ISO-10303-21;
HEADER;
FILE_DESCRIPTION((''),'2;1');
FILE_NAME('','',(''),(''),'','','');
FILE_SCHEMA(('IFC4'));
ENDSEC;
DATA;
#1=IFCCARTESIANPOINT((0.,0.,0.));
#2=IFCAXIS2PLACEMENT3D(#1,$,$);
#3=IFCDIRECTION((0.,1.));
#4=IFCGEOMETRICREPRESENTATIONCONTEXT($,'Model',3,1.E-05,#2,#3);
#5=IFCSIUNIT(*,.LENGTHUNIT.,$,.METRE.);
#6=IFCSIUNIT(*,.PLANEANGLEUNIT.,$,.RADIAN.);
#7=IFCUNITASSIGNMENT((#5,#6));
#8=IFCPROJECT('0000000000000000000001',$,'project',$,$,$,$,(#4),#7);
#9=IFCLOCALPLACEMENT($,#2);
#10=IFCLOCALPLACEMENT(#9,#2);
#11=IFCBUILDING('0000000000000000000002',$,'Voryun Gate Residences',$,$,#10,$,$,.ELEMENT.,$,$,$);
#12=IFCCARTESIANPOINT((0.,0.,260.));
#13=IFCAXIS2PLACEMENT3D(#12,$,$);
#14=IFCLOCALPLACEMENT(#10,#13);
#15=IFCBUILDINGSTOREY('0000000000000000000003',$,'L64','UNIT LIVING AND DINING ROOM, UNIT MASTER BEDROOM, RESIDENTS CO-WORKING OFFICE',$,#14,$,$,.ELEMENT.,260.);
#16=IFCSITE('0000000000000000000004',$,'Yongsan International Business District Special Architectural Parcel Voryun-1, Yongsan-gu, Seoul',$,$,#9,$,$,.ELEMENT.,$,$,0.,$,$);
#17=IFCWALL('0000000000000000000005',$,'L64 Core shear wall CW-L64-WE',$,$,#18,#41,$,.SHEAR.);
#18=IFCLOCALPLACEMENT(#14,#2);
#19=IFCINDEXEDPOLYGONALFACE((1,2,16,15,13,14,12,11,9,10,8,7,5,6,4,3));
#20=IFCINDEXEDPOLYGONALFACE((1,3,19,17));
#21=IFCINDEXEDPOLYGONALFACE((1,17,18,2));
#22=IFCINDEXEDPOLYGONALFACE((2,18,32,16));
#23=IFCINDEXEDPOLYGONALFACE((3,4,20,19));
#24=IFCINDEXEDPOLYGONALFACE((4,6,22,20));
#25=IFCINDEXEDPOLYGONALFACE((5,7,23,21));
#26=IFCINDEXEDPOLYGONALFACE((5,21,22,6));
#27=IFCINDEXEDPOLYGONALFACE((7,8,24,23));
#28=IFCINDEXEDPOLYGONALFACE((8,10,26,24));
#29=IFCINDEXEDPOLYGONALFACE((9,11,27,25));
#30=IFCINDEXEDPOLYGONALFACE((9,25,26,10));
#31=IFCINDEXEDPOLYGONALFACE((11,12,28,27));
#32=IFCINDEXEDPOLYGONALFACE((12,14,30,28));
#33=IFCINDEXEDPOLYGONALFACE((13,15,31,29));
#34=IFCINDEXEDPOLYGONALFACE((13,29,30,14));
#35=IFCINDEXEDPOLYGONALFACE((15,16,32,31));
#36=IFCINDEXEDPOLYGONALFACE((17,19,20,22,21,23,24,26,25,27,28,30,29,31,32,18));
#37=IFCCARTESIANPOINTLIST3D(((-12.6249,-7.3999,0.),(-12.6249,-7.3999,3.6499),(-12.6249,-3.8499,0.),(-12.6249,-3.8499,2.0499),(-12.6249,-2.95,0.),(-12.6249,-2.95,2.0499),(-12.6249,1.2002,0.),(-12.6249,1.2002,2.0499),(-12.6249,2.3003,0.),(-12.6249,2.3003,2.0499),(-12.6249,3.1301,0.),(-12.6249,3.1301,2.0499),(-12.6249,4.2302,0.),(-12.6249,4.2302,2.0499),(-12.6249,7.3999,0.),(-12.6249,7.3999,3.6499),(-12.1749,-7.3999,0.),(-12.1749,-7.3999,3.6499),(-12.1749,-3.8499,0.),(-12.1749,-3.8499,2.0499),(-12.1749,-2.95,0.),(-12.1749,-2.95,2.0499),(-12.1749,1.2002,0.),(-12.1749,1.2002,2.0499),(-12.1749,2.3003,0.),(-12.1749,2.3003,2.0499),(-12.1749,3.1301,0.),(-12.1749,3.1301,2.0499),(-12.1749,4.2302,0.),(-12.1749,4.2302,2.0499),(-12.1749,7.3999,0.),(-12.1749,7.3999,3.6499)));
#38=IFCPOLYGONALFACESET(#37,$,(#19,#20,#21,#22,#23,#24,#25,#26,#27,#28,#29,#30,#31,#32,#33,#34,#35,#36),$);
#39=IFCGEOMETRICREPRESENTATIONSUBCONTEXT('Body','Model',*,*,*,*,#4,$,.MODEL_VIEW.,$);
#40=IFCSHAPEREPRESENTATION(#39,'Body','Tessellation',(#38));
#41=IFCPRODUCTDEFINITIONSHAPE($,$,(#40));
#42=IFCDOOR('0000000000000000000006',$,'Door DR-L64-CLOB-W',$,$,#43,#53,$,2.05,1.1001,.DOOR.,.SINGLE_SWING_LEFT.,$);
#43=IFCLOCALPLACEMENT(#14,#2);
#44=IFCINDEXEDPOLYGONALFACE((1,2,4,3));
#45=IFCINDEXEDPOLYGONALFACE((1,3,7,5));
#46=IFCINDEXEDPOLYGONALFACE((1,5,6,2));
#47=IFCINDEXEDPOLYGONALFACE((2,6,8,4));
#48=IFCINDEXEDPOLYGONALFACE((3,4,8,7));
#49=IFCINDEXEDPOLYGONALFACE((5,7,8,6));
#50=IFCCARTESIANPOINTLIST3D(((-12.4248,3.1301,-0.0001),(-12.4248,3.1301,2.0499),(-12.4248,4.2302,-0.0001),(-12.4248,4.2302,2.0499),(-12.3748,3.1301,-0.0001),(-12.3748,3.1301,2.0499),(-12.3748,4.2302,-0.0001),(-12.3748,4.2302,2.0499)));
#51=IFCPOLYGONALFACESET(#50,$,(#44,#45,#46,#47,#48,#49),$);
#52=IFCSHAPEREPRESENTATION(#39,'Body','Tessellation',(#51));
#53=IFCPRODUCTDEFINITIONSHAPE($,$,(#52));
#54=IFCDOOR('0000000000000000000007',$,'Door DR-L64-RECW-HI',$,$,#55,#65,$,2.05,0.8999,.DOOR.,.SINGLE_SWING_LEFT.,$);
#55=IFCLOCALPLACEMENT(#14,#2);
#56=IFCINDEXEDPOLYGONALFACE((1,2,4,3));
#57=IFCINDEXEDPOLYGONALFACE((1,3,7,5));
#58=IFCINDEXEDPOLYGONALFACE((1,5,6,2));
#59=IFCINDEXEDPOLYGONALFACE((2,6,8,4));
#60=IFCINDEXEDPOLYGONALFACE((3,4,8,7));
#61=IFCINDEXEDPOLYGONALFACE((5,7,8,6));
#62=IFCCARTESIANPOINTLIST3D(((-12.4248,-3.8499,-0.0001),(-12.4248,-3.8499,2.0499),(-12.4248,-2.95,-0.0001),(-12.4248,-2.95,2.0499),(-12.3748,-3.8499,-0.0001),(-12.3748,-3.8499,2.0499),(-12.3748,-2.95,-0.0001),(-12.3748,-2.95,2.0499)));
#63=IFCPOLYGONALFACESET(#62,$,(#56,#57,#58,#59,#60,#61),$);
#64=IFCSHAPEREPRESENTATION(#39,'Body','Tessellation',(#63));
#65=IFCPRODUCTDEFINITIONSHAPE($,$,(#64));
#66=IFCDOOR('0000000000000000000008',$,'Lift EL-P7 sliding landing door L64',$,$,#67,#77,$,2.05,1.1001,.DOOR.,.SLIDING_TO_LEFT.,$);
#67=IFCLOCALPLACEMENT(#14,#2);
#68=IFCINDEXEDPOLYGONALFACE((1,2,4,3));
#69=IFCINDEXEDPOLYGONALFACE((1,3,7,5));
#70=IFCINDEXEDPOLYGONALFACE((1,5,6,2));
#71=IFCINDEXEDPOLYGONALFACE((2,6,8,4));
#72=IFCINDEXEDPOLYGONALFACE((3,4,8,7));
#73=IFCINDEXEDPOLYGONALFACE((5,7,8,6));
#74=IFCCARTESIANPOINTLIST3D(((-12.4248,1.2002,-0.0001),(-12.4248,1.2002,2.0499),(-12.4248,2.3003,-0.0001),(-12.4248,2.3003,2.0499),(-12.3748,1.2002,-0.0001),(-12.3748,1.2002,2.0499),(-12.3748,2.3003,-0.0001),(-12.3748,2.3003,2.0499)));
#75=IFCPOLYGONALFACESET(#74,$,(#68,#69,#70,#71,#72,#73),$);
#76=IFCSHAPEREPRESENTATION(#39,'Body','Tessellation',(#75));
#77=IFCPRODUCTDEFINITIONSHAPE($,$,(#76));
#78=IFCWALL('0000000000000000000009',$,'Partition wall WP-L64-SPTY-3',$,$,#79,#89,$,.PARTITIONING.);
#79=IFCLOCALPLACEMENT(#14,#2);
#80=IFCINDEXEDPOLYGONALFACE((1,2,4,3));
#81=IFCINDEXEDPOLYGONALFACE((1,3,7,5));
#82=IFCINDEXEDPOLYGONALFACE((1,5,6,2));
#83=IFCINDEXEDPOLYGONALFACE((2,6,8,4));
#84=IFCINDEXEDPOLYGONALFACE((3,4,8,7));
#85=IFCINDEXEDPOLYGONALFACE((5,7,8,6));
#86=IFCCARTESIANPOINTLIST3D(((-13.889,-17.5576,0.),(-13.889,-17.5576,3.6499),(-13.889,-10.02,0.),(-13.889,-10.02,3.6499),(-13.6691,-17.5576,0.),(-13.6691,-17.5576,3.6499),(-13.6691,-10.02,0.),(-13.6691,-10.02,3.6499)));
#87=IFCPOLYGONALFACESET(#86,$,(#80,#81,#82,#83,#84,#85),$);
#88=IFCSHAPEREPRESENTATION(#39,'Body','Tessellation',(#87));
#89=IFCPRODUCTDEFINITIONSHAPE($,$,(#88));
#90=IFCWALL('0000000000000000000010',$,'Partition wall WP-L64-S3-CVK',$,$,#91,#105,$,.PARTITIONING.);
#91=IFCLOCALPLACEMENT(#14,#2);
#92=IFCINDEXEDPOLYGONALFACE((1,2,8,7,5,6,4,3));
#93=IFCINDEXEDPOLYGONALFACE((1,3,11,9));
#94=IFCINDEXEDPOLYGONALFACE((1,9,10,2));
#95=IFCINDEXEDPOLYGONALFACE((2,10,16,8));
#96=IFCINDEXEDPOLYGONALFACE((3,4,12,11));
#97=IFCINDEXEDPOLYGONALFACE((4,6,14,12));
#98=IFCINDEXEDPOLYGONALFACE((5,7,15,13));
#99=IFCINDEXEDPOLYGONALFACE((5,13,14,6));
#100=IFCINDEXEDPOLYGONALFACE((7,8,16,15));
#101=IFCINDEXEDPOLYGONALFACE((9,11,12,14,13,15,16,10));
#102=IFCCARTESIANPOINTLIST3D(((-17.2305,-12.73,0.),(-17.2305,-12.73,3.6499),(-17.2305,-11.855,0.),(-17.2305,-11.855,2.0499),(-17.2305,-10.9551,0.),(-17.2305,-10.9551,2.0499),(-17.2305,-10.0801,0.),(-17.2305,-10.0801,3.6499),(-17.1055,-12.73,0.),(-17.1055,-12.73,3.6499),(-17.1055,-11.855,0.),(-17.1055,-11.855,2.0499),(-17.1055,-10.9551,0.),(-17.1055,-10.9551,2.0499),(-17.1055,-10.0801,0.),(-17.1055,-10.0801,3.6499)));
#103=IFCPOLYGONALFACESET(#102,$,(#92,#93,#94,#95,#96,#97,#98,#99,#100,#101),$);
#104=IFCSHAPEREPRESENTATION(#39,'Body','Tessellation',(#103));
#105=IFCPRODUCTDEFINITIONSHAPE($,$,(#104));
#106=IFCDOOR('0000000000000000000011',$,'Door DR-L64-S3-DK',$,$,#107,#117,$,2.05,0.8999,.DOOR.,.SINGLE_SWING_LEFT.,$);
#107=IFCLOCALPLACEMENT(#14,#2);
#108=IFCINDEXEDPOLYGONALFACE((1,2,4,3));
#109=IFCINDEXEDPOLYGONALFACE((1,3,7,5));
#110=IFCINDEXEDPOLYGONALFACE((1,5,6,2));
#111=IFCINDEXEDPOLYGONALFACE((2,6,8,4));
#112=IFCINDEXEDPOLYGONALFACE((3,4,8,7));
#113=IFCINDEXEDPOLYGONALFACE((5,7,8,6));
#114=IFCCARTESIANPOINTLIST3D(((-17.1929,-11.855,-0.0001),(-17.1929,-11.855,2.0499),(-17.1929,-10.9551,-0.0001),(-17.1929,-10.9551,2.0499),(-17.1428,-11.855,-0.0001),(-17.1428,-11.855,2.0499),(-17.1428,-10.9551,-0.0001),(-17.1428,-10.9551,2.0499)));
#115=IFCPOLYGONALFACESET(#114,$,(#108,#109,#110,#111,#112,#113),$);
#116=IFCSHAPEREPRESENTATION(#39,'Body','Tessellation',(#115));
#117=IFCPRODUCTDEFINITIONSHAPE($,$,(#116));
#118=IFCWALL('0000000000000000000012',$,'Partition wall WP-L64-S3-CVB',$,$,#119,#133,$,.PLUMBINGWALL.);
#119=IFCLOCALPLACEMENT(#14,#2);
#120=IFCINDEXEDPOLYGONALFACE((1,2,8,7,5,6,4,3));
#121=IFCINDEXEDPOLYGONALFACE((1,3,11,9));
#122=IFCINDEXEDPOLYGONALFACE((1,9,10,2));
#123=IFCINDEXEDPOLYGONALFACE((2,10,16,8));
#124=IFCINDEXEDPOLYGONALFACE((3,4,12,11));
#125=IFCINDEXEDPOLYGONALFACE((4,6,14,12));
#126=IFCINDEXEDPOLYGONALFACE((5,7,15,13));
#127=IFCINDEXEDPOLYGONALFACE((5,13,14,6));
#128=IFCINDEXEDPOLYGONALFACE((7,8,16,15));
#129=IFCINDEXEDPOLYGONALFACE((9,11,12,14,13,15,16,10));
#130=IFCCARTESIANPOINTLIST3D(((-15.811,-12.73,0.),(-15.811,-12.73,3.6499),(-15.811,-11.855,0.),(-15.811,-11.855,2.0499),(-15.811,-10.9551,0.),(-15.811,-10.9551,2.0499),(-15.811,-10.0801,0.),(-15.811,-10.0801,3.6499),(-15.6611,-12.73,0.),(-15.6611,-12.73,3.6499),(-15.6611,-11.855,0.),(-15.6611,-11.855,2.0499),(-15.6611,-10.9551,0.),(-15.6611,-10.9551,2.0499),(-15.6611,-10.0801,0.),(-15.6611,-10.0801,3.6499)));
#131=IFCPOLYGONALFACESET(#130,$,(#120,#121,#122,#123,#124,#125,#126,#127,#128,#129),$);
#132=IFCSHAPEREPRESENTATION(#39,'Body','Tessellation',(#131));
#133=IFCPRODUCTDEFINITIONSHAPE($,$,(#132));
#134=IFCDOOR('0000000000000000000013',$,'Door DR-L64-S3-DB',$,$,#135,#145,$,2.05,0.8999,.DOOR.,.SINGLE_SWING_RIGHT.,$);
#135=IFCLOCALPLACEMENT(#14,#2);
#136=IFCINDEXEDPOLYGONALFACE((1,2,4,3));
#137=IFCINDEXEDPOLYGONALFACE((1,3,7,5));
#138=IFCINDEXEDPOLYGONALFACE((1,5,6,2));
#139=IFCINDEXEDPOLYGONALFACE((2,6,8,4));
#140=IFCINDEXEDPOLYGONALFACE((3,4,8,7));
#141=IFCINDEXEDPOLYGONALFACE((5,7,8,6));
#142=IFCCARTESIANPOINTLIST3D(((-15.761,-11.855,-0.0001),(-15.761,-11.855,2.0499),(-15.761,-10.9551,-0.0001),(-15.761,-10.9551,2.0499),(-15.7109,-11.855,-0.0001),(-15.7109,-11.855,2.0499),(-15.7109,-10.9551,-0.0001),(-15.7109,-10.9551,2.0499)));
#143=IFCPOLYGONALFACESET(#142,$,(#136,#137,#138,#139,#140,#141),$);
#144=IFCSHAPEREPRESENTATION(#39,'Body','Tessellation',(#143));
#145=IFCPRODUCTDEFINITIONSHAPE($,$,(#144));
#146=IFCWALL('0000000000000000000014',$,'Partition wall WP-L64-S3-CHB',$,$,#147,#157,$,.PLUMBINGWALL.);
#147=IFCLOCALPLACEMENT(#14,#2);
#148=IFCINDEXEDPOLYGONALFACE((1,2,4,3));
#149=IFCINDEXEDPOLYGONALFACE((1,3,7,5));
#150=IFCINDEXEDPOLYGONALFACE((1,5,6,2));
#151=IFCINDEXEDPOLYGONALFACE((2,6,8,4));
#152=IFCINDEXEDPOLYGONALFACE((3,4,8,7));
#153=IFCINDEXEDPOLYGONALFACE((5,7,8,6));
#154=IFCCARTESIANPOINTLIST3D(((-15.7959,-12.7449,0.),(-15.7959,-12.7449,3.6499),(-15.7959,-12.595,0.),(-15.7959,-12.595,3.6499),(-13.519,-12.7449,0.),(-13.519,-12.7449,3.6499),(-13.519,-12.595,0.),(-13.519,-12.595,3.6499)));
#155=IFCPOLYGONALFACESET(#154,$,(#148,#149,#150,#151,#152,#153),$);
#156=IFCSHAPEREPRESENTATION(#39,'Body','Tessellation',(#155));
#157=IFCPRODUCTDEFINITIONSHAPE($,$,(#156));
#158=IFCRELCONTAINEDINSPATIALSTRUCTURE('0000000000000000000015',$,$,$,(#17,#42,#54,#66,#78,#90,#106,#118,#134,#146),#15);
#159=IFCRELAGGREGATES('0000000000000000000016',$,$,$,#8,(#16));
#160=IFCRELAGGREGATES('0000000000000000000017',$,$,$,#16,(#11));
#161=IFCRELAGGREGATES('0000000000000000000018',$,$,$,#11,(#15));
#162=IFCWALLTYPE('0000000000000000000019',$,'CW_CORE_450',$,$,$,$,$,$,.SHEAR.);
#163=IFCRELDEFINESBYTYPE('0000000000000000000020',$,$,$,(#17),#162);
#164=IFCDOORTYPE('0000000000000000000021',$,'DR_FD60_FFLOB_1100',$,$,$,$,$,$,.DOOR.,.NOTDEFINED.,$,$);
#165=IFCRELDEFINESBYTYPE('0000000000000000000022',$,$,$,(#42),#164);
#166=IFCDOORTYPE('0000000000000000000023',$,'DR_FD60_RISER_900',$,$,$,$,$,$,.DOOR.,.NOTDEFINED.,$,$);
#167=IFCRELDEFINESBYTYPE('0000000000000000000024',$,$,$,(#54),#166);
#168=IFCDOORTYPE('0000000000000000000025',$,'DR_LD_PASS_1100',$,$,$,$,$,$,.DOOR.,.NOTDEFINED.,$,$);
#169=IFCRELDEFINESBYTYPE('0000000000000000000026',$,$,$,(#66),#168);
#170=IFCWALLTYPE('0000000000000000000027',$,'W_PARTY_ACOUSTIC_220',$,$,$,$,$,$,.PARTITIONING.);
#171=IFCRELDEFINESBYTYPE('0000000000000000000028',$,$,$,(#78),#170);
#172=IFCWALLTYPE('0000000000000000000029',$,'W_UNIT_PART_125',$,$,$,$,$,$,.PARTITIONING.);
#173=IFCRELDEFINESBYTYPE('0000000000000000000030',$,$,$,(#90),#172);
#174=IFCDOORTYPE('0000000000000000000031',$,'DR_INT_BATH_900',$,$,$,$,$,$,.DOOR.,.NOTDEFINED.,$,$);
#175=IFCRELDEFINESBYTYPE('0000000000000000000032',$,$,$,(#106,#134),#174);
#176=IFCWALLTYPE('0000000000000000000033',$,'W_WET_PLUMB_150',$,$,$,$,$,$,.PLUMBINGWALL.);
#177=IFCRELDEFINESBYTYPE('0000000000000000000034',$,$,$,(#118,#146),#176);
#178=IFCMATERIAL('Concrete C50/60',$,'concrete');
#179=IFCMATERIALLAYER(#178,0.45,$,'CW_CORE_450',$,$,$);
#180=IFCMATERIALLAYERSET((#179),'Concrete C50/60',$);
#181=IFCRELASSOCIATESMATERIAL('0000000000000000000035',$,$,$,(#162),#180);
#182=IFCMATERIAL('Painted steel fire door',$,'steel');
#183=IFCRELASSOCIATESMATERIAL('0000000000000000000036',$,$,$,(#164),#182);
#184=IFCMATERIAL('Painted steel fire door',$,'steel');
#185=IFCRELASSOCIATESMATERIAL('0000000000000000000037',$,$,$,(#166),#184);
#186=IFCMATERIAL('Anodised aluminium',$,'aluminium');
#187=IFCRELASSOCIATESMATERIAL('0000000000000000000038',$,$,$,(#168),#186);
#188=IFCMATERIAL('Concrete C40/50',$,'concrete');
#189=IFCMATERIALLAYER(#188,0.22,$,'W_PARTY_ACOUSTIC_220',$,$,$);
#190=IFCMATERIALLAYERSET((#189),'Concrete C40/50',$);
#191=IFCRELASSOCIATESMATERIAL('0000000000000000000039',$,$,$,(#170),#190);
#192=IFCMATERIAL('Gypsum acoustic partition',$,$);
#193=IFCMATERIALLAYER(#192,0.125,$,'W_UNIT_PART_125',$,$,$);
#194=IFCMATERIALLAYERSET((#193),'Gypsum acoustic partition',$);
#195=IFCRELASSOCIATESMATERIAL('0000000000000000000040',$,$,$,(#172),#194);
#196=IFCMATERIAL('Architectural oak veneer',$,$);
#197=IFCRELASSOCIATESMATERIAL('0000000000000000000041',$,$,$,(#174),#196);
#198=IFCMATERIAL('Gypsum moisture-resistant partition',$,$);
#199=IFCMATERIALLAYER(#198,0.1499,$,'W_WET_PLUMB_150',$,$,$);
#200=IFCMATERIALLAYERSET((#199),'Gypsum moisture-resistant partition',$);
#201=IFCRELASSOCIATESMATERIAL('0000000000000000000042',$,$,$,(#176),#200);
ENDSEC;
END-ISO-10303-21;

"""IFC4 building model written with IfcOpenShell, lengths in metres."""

from ifc_helpers import new_model, si_unit, direction, frame, frame_2d, origin, place, context, subcontext, project, spatial, rectangle, extrude, material, layer, layer_set, type_object, element, fill, save


model = new_model("IFC4")

# Units and contexts
model_context = context("Model", 3, precision=1e-05, world=origin(), true_north=direction((0.0, 1.0)))
body_context = subcontext(model_context, "Body", "Model", "MODEL_VIEW")
ifc_project = project(units=[si_unit("LENGTHUNIT", "METRE"), si_unit("PLANEANGLEUNIT", "RADIAN")], contexts=[model_context])

# Site, building, storey
site_placement = place(None, origin())
site = spatial("IfcSite", under=ifc_project, at=site_placement, Name="Yongsan International Business District Special Architectural Parcel Voryun-1, Yongsan-gu, Seoul", CompositionType="ELEMENT", RefElevation=0.0)
building_placement = place(site_placement, origin())
building = spatial("IfcBuilding", under=site, at=building_placement, Name="Voryun Gate Residences", CompositionType="ELEMENT")
storey_placement = place(building_placement, frame((0.0, 0.0, 260.0)))
storey = spatial("IfcBuildingStorey", under=building, at=storey_placement, Name="L64", Description="UNIT LIVING AND DINING ROOM, UNIT MASTER BEDROOM, RESIDENTS CO-WORKING OFFICE", CompositionType="ELEMENT", Elevation=260.0)

# Wall, openings, doors
ifc_material_1 = material(Name="Concrete C50/60", Category="concrete")
ifc_layer_1 = layer(ifc_material_1, 0.45, Name="CW_CORE_450")
ifc_layer_set_1 = layer_set([ifc_layer_1], Name="Concrete C50/60")
wall_type_1 = type_object("IfcWallType", Name="CW_CORE_450", PredefinedType="SHEAR", material=ifc_layer_set_1)
wall_1_placement = place(storey_placement, frame((-12.3999, -7.3999, 0.0), z_axis=(0.0, 0.0, 1.0), x_axis=(0.0, 1.0, 0.0)))
wall_1 = element("IfcWall", 1, at=wall_1_placement, inside=storey, type_object=wall_type_1, Name="L64 Core shear wall CW-L64-WE", PredefinedType="SHEAR", context=body_context, shape_type="SweptSolid", body=[
    extrude(rectangle(XDim=14.7998, YDim=0.45, at=frame_2d((7.3999, 0.0))), origin(), (0.0, 0.0, 1.0), 3.6499),
])
opening_1_placement = place(wall_1_placement, frame((8.6001, 0.0, 0.0)))
opening_1 = element("IfcOpeningElement", 2, at=opening_1_placement, cuts=wall_1, PredefinedType="OPENING", context=body_context, shape_type="SweptSolid", body=[
    extrude(rectangle(XDim=1.1001, YDim=2.05, at=frame_2d((0.55, 1.0249))), frame((0.0, 0.2351, 0.0), z_axis=(0.0, -1.0, 0.0), x_axis=(1.0, 0.0, 0.0)), (0.0, 0.0, 1.0), 0.47),
])
opening_2_placement = place(wall_1_placement, frame((10.53, 0.0, 0.0)))
opening_2 = element("IfcOpeningElement", 3, at=opening_2_placement, cuts=wall_1, PredefinedType="OPENING", context=body_context, shape_type="SweptSolid", body=[
    extrude(rectangle(XDim=1.1001, YDim=2.05, at=frame_2d((0.55, 1.0249))), frame((0.0, 0.2351, 0.0), z_axis=(0.0, -1.0, 0.0), x_axis=(1.0, 0.0, 0.0)), (0.0, 0.0, 1.0), 0.47),
])
opening_3_placement = place(wall_1_placement, frame((3.55, 0.0, 0.0)))
opening_3 = element("IfcOpeningElement", 4, at=opening_3_placement, cuts=wall_1, PredefinedType="OPENING", context=body_context, shape_type="SweptSolid", body=[
    extrude(rectangle(XDim=0.8999, YDim=2.05, at=frame_2d((0.45, 1.0249))), frame((0.0, 0.2351, 0.0), z_axis=(0.0, -1.0, 0.0), x_axis=(1.0, 0.0, 0.0)), (0.0, 0.0, 1.0), 0.47),
])
ifc_material_2 = material(Name="Painted steel fire door", Category="steel")
door_type_1 = type_object("IfcDoorType", Name="DR_FD60_FFLOB_1100", OperationType="NOTDEFINED", PredefinedType="DOOR", material=ifc_material_2)
door_1_placement = place(opening_2_placement, origin())
door_1 = element("IfcDoor", 5, at=door_1_placement, inside=storey, type_object=door_type_1, Name="Door DR-L64-CLOB-W", OperationType="SINGLE_SWING_LEFT", OverallHeight=2.05, OverallWidth=1.1001, PredefinedType="DOOR", context=body_context, shape_type="SweptSolid", body=[
    extrude(rectangle(XDim=1.1001, YDim=2.05, at=frame_2d((0.55, 1.0249))), frame((0.0, 0.0249, 0.0), z_axis=(0.0, -1.0, 0.0), x_axis=(1.0, 0.0, 0.0)), (0.0, 0.0, 1.0), 0.05),
])
fill(opening_2, door_1)
ifc_material_3 = material(Name="Painted steel fire door", Category="steel")
door_type_2 = type_object("IfcDoorType", Name="DR_FD60_RISER_900", OperationType="NOTDEFINED", PredefinedType="DOOR", material=ifc_material_3)
door_2_placement = place(opening_3_placement, origin())
door_2 = element("IfcDoor", 6, at=door_2_placement, inside=storey, type_object=door_type_2, Name="Door DR-L64-RECW-HI", OperationType="SINGLE_SWING_LEFT", OverallHeight=2.05, OverallWidth=0.8999, PredefinedType="DOOR", context=body_context, shape_type="SweptSolid", body=[
    extrude(rectangle(XDim=0.8999, YDim=2.05, at=frame_2d((0.45, 1.0249))), frame((0.0, 0.0249, 0.0), z_axis=(0.0, -1.0, 0.0), x_axis=(1.0, 0.0, 0.0)), (0.0, 0.0, 1.0), 0.05),
])
fill(opening_3, door_2)
ifc_material_4 = material(Name="Anodised aluminium", Category="aluminium")
door_type_3 = type_object("IfcDoorType", Name="DR_LD_PASS_1100", OperationType="NOTDEFINED", PredefinedType="DOOR", material=ifc_material_4)
door_3_placement = place(opening_1_placement, origin())
door_3 = element("IfcDoor", 7, at=door_3_placement, inside=storey, type_object=door_type_3, Name="Lift EL-P7 sliding landing door L64", OperationType="SLIDING_TO_LEFT", OverallHeight=2.05, OverallWidth=1.1001, PredefinedType="DOOR", context=body_context, shape_type="SweptSolid", body=[
    extrude(rectangle(XDim=1.1001, YDim=2.05, at=frame_2d((0.55, 1.0249))), frame((0.0, 0.0249, 0.0), z_axis=(0.0, -1.0, 0.0), x_axis=(1.0, 0.0, 0.0)), (0.0, 0.0, 1.0), 0.05),
])
fill(opening_1, door_3)

# Wall
ifc_material_5 = material(Name="Concrete C40/50", Category="concrete")
ifc_layer_2 = layer(ifc_material_5, 0.22, Name="W_PARTY_ACOUSTIC_220")
ifc_layer_set_2 = layer_set([ifc_layer_2], Name="Concrete C40/50")
wall_type_2 = type_object("IfcWallType", Name="W_PARTY_ACOUSTIC_220", PredefinedType="PARTITIONING", material=ifc_layer_set_2)
wall_2_placement = place(storey_placement, frame((-13.7791, -17.5576, 0.0), z_axis=(0.0, 0.0, 1.0), x_axis=(0.0, 1.0, 0.0)))
element("IfcWall", 8, at=wall_2_placement, inside=storey, type_object=wall_type_2, Name="Partition wall WP-L64-SPTY-3", PredefinedType="PARTITIONING", context=body_context, shape_type="SweptSolid", body=[
    extrude(rectangle(XDim=7.5376, YDim=0.22, at=frame_2d((3.7688, 0.0))), origin(), (0.0, 0.0, 1.0), 3.6499),
])

# Walls, openings, doors
ifc_material_6 = material(Name="Gypsum acoustic partition")
ifc_layer_3 = layer(ifc_material_6, 0.125, Name="W_UNIT_PART_125")
ifc_layer_set_3 = layer_set([ifc_layer_3], Name="Gypsum acoustic partition")
wall_type_3 = type_object("IfcWallType", Name="W_UNIT_PART_125", PredefinedType="PARTITIONING", material=ifc_layer_set_3)
wall_3_placement = place(storey_placement, frame((-17.168, -12.73, 0.0), z_axis=(0.0, 0.0, 1.0), x_axis=(0.0, 1.0, 0.0)))
wall_3 = element("IfcWall", 9, at=wall_3_placement, inside=storey, type_object=wall_type_3, Name="Partition wall WP-L64-S3-CVK", PredefinedType="PARTITIONING", context=body_context, shape_type="SweptSolid", body=[
    extrude(rectangle(XDim=2.6499, YDim=0.125, at=frame_2d((1.325, 0.0))), origin(), (0.0, 0.0, 1.0), 3.6499),
])
opening_4_placement = place(wall_3_placement, frame((0.875, 0.0, 0.0)))
opening_4 = element("IfcOpeningElement", 10, at=opening_4_placement, cuts=wall_3, PredefinedType="OPENING", context=body_context, shape_type="SweptSolid", body=[
    extrude(rectangle(XDim=0.8999, YDim=2.05, at=frame_2d((0.45, 1.0249))), frame((0.0, 0.0725, 0.0), z_axis=(0.0, -1.0, 0.0), x_axis=(1.0, 0.0, 0.0)), (0.0, 0.0, 1.0), 0.145),
])
ifc_material_7 = material(Name="Architectural oak veneer")
door_type_4 = type_object("IfcDoorType", Name="DR_INT_BATH_900", OperationType="NOTDEFINED", PredefinedType="DOOR", material=ifc_material_7)
door_4_placement = place(opening_4_placement, origin())
door_4 = element("IfcDoor", 11, at=door_4_placement, inside=storey, type_object=door_type_4, Name="Door DR-L64-S3-DK", OperationType="SINGLE_SWING_LEFT", OverallHeight=2.05, OverallWidth=0.8999, PredefinedType="DOOR", context=body_context, shape_type="SweptSolid", body=[
    extrude(rectangle(XDim=0.8999, YDim=2.05, at=frame_2d((0.45, 1.0249))), frame((0.0, 0.0249, 0.0), z_axis=(0.0, -1.0, 0.0), x_axis=(1.0, 0.0, 0.0)), (0.0, 0.0, 1.0), 0.05),
])
fill(opening_4, door_4)
ifc_material_8 = material(Name="Gypsum moisture-resistant partition")
ifc_layer_4 = layer(ifc_material_8, 0.1499, Name="W_WET_PLUMB_150")
ifc_layer_set_4 = layer_set([ifc_layer_4], Name="Gypsum moisture-resistant partition")
wall_type_4 = type_object("IfcWallType", Name="W_WET_PLUMB_150", PredefinedType="PLUMBINGWALL", material=ifc_layer_set_4)
wall_4_placement = place(storey_placement, frame((-15.7361, -12.73, 0.0), z_axis=(0.0, 0.0, 1.0), x_axis=(0.0, 1.0, 0.0)))
wall_4 = element("IfcWall", 12, at=wall_4_placement, inside=storey, type_object=wall_type_4, Name="Partition wall WP-L64-S3-CVB", PredefinedType="PLUMBINGWALL", context=body_context, shape_type="SweptSolid", body=[
    extrude(rectangle(XDim=2.6499, YDim=0.1499, at=frame_2d((1.325, 0.0))), origin(), (0.0, 0.0, 1.0), 3.6499),
])
opening_5_placement = place(wall_4_placement, frame((0.875, 0.0, 0.0)))
opening_5 = element("IfcOpeningElement", 13, at=opening_5_placement, cuts=wall_4, PredefinedType="OPENING", context=body_context, shape_type="SweptSolid", body=[
    extrude(rectangle(XDim=0.8999, YDim=2.05, at=frame_2d((0.45, 1.0249))), frame((0.0, 0.085, 0.0), z_axis=(0.0, -1.0, 0.0), x_axis=(1.0, 0.0, 0.0)), (0.0, 0.0, 1.0), 0.1699),
])
door_5_placement = place(opening_5_placement, origin())
door_5 = element("IfcDoor", 14, at=door_5_placement, inside=storey, type_object=door_type_4, Name="Door DR-L64-S3-DB", OperationType="SINGLE_SWING_RIGHT", OverallHeight=2.05, OverallWidth=0.8999, PredefinedType="DOOR", context=body_context, shape_type="SweptSolid", body=[
    extrude(rectangle(XDim=0.8999, YDim=2.05, at=frame_2d((0.45, 1.0249))), frame((0.0, 0.0249, 0.0), z_axis=(0.0, -1.0, 0.0), x_axis=(1.0, 0.0, 0.0)), (0.0, 0.0, 1.0), 0.05),
])
fill(opening_5, door_5)

# Wall
wall_5_placement = place(storey_placement, frame((-15.7959, -12.6699, 0.0), z_axis=(0.0, 0.0, 1.0), x_axis=(1.0, 0.0, 0.0)))
element("IfcWall", 15, at=wall_5_placement, inside=storey, type_object=wall_type_4, Name="Partition wall WP-L64-S3-CHB", PredefinedType="PLUMBINGWALL", context=body_context, shape_type="SweptSolid", body=[
    extrude(rectangle(XDim=2.2769, YDim=0.1499, at=frame_2d((1.1384, 0.0))), origin(), (0.0, 0.0, 1.0), 3.6499),
])

save(model, "model.ifc")
